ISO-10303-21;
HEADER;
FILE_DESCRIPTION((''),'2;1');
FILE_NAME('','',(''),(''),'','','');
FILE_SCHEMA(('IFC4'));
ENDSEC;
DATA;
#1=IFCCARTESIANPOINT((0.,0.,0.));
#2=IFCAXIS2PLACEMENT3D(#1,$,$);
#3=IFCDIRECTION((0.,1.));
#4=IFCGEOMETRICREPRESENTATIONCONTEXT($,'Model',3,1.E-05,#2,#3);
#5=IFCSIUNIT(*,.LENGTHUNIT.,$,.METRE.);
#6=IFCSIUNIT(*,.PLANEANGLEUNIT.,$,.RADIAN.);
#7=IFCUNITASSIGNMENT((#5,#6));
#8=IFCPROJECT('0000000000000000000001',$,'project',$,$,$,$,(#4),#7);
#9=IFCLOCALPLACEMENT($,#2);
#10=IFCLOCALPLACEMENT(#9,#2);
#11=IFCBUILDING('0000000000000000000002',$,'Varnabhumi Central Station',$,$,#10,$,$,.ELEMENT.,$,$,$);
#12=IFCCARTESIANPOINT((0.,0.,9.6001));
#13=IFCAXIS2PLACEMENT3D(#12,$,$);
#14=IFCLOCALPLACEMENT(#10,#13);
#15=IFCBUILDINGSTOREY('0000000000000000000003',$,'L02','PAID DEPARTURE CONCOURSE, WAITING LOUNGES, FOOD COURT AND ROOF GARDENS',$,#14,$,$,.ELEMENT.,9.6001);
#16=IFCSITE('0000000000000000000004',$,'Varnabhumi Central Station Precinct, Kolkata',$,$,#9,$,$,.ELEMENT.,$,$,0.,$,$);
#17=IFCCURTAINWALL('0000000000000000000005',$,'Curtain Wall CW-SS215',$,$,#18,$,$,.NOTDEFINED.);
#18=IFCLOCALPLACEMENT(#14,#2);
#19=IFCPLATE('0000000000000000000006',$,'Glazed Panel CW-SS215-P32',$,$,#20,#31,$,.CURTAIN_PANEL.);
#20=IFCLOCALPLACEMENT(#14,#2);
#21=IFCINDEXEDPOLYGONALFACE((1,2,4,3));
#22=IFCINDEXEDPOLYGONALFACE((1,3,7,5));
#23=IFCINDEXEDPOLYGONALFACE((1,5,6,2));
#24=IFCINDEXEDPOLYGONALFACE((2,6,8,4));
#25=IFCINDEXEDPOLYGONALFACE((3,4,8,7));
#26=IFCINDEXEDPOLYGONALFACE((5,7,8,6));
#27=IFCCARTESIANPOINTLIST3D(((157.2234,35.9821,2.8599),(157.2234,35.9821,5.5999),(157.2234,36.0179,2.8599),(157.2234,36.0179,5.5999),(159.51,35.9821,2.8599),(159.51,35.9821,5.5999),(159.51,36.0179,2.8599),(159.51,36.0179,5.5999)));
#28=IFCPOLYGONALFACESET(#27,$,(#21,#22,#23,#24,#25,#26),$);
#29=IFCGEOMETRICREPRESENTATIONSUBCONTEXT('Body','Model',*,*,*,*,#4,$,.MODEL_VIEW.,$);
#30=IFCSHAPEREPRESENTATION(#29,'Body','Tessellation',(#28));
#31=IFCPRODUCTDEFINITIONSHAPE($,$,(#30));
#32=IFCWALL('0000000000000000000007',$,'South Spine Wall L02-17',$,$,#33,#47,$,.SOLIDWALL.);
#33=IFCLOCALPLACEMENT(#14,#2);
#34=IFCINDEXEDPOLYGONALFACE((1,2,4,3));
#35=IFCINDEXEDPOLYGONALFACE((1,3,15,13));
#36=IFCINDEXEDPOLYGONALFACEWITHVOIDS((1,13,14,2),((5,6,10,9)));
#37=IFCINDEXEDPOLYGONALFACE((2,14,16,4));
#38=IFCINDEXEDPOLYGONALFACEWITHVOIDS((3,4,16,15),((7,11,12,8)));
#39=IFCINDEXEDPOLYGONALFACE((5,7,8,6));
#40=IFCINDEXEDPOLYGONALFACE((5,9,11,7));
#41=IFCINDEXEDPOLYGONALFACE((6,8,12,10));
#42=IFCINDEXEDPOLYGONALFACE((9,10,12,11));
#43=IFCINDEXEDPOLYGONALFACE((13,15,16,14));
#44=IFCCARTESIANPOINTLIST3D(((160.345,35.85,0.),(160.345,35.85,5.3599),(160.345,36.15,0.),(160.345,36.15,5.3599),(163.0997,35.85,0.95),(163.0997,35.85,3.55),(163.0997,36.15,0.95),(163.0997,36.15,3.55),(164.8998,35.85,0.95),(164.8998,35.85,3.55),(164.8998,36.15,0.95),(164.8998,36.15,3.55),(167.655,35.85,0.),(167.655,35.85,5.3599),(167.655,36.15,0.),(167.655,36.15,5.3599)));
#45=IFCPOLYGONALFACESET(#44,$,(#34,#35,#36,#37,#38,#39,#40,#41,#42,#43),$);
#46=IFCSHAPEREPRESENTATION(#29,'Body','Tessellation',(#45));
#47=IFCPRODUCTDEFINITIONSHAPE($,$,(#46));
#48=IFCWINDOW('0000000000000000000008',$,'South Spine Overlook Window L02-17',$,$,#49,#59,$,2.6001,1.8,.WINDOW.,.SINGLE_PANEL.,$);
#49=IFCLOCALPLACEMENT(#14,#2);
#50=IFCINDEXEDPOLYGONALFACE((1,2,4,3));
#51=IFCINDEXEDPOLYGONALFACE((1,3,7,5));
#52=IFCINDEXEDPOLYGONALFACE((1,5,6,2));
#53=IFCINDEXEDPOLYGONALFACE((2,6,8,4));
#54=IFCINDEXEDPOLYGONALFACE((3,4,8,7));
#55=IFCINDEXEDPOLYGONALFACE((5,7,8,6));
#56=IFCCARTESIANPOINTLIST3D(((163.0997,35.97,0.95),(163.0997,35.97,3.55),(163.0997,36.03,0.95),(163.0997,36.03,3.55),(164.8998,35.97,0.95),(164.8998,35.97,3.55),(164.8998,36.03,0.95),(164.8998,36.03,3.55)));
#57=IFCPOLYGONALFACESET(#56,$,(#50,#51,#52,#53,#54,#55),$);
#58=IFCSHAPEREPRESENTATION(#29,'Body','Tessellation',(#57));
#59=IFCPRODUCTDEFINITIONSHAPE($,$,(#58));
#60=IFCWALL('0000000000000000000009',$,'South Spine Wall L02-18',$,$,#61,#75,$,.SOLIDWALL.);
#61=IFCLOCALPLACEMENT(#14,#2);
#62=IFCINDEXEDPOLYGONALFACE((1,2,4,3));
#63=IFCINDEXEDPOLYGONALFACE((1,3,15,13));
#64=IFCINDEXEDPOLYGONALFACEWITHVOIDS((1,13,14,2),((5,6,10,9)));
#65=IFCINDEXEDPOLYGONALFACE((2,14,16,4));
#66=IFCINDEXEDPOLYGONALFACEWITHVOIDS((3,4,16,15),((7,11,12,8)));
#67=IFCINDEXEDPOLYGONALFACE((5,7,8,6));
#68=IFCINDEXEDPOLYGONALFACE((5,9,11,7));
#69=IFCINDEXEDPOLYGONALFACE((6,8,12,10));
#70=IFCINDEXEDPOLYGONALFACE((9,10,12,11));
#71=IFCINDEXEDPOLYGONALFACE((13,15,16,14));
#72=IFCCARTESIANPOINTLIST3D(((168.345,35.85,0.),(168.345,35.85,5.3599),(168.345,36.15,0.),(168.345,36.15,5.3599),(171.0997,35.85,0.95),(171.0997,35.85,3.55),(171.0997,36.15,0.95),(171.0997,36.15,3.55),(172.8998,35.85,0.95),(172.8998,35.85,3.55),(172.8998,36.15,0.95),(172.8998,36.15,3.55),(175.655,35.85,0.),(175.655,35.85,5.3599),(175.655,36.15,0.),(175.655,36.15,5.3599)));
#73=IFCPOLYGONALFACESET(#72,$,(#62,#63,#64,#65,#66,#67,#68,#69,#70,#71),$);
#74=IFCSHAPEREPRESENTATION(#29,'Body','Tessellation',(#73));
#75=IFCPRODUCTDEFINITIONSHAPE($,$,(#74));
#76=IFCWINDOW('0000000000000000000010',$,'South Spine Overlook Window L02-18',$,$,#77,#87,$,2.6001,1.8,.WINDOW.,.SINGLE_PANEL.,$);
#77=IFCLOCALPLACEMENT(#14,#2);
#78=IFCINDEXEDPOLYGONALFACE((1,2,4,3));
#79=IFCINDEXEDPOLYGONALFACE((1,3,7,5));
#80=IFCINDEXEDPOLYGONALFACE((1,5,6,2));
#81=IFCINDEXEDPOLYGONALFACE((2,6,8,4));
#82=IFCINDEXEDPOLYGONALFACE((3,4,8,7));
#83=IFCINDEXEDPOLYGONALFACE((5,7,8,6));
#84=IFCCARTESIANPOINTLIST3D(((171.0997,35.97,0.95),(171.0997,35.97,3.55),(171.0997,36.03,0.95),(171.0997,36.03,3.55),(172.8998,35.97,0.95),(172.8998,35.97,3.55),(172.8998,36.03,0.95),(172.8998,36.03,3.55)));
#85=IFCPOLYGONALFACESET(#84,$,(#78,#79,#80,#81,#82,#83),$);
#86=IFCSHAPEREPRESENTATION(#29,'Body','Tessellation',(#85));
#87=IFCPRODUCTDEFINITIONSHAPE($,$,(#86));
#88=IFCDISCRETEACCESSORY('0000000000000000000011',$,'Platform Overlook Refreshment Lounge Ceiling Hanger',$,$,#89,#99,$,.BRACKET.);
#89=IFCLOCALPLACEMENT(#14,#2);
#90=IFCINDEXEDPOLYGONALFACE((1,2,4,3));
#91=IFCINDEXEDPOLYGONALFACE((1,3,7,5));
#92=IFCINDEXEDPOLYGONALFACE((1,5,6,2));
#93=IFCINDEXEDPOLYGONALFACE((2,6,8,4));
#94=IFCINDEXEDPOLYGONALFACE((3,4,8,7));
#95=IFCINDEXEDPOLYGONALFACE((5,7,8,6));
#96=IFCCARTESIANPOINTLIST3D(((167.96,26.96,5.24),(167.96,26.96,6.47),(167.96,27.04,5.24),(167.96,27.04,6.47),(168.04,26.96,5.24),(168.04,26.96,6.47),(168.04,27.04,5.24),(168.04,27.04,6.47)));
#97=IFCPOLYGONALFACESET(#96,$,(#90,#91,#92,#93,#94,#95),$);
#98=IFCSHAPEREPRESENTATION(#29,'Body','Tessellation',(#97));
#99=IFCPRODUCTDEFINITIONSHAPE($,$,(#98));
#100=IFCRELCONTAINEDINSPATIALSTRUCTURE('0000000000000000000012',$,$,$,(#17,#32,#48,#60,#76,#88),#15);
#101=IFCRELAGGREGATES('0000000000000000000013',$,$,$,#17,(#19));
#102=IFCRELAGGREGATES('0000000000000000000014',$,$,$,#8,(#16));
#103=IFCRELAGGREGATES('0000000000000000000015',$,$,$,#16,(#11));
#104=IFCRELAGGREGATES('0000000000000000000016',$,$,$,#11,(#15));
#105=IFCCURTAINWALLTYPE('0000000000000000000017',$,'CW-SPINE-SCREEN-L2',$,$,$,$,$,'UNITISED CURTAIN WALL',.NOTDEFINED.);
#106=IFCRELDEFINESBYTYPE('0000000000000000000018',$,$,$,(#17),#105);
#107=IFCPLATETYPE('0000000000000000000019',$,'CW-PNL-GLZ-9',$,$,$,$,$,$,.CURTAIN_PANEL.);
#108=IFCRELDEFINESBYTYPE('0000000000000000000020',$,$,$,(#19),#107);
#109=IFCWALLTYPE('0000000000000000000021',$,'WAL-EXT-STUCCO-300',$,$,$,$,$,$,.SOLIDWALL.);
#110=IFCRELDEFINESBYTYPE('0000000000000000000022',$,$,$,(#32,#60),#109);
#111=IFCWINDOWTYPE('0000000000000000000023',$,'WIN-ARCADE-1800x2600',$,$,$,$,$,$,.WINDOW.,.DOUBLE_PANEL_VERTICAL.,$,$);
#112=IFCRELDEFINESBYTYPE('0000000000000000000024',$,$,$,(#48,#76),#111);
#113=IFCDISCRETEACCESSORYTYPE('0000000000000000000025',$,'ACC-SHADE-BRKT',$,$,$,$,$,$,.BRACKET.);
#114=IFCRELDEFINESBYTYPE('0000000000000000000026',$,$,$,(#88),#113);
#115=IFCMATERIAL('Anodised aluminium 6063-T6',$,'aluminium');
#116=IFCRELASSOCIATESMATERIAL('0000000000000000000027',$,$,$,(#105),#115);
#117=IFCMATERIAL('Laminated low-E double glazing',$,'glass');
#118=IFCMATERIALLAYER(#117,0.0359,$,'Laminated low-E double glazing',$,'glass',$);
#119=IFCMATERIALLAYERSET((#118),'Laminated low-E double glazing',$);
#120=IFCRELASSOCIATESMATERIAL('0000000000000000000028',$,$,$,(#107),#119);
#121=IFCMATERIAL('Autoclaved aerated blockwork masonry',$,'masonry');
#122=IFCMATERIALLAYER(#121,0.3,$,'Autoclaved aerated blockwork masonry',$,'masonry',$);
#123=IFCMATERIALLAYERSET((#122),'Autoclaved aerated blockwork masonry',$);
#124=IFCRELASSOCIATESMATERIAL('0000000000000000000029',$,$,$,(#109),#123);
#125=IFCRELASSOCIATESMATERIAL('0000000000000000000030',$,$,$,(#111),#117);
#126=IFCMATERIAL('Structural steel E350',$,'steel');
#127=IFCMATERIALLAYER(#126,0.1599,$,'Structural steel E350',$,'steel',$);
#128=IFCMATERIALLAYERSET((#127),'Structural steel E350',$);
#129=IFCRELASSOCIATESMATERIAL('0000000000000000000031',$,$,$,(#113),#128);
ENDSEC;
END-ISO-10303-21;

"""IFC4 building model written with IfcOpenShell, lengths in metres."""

from ifc_helpers import new_model, si_unit, direction, frame, frame_2d, origin, origin_2d, place, context, subcontext, project, spatial, rectangle, extrude, material, layer, layer_set, type_object, element, fill, aggregate, save


model = new_model("IFC4")

# Units and contexts
model_context = context("Model", 3, precision=1e-05, world=origin(), true_north=direction((0.0, 1.0)))
body_context = subcontext(model_context, "Body", "Model", "MODEL_VIEW")
ifc_project = project(units=[si_unit("LENGTHUNIT", "METRE"), si_unit("PLANEANGLEUNIT", "RADIAN")], contexts=[model_context])

# Site, building, storey
site_placement = place(None, origin())
site = spatial("IfcSite", under=ifc_project, at=site_placement, Name="Varnabhumi Central Station Precinct, Kolkata", CompositionType="ELEMENT", RefElevation=0.0)
building_placement = place(site_placement, origin())
building = spatial("IfcBuilding", under=site, at=building_placement, Name="Varnabhumi Central Station", CompositionType="ELEMENT")
storey_placement = place(building_placement, frame((0.0, 0.0, 9.6001)))
storey = spatial("IfcBuildingStorey", under=building, at=storey_placement, Name="L02", Description="PAID DEPARTURE CONCOURSE, WAITING LOUNGES, FOOD COURT AND ROOF GARDENS", CompositionType="ELEMENT", Elevation=9.6001)

# Shared definitions
ifc_material_1 = material(Name="Structural steel E350", Category="steel")

# Curtain wall, plate
ifc_material_2 = material(Name="Anodised aluminium 6063-T6", Category="aluminium")
curtain_wall_type = type_object("IfcCurtainWallType", Name="CW-SPINE-SCREEN-L2", ElementType="UNITISED CURTAIN WALL", PredefinedType="NOTDEFINED", material=ifc_material_2)
curtain_wall_placement = place(storey_placement, origin())
curtain_wall = element("IfcCurtainWall", 1, at=curtain_wall_placement, inside=storey, type_object=curtain_wall_type, Name="Curtain Wall CW-SS215", PredefinedType="NOTDEFINED")
ifc_material_3 = material(Name="Laminated low-E double glazing", Category="glass")
ifc_layer_1 = layer(ifc_material_3, 0.0359, Name="Laminated low-E double glazing", Category="glass")
ifc_layer_set_1 = layer_set([ifc_layer_1], Name="Laminated low-E double glazing")
plate_type = type_object("IfcPlateType", Name="CW-PNL-GLZ-9", PredefinedType="CURTAIN_PANEL", material=ifc_layer_set_1)
plate_placement = place(storey_placement, frame((158.3667, 36.0, 2.8599), z_axis=(0.0, 0.0, 1.0), x_axis=(1.0, 0.0, 0.0)))
plate = element("IfcPlate", 2, at=plate_placement, type_object=plate_type, Name="Glazed Panel CW-SS215-P32", PredefinedType="CURTAIN_PANEL", context=body_context, shape_type="SweptSolid", body=[
    extrude(rectangle(XDim=2.2866, YDim=0.0359, at=origin_2d()), origin(), (0.0, 0.0, 1.0), 2.74),
])
aggregate(curtain_wall, [plate])

# Walls, openings, windows
ifc_material_4 = material(Name="Autoclaved aerated blockwork masonry", Category="masonry")
ifc_layer_2 = layer(ifc_material_4, 0.3, Name="Autoclaved aerated blockwork masonry", Category="masonry")
ifc_layer_set_2 = layer_set([ifc_layer_2], Name="Autoclaved aerated blockwork masonry")
wall_type = type_object("IfcWallType", Name="WAL-EXT-STUCCO-300", PredefinedType="SOLIDWALL", material=ifc_layer_set_2)
wall_1_placement = place(storey_placement, frame((160.345, 36.0, 0.0), z_axis=(0.0, 0.0, 1.0), x_axis=(1.0, 0.0, 0.0)))
wall_1 = element("IfcWall", 3, at=wall_1_placement, inside=storey, type_object=wall_type, Name="South Spine Wall L02-17", PredefinedType="SOLIDWALL", context=body_context, shape_type="SweptSolid", body=[
    extrude(rectangle(XDim=7.3101, YDim=0.3, at=frame_2d((3.655, 0.0))), origin(), (0.0, 0.0, 1.0), 5.3599),
])
opening_1_placement = place(wall_1_placement, frame((2.7549, 0.0, 0.95)))
opening_1 = element("IfcOpeningElement", 4, at=opening_1_placement, cuts=wall_1, PredefinedType="OPENING", context=body_context, shape_type="SweptSolid", body=[
    extrude(rectangle(XDim=1.8, YDim=2.6001, at=frame_2d((0.8999, 1.3))), frame((0.0, 0.1599, 0.0), z_axis=(0.0, -1.0, 0.0), x_axis=(1.0, 0.0, 0.0)), (0.0, 0.0, 1.0), 0.3201),
])
window_type = type_object("IfcWindowType", Name="WIN-ARCADE-1800x2600", PartitioningType="DOUBLE_PANEL_VERTICAL", PredefinedType="WINDOW", material=ifc_material_3)
window_1_placement = place(opening_1_placement, origin())
window_1 = element("IfcWindow", 5, at=window_1_placement, inside=storey, type_object=window_type, Name="South Spine Overlook Window L02-17", OverallHeight=2.6001, OverallWidth=1.8, PartitioningType="SINGLE_PANEL", PredefinedType="WINDOW", context=body_context, shape_type="SweptSolid", body=[
    extrude(rectangle(XDim=1.8, YDim=2.6001, at=frame_2d((0.8999, 1.3))), frame((0.0, 0.03, 0.0), z_axis=(0.0, -1.0, 0.0), x_axis=(1.0, 0.0, 0.0)), (0.0, 0.0, 1.0), 0.0601),
])
fill(opening_1, window_1)
wall_2_placement = place(storey_placement, frame((168.345, 36.0, 0.0), z_axis=(0.0, 0.0, 1.0), x_axis=(1.0, 0.0, 0.0)))
wall_2 = element("IfcWall", 6, at=wall_2_placement, inside=storey, type_object=wall_type, Name="South Spine Wall L02-18", PredefinedType="SOLIDWALL", context=body_context, shape_type="SweptSolid", body=[
    extrude(rectangle(XDim=7.3101, YDim=0.3, at=frame_2d((3.655, 0.0))), origin(), (0.0, 0.0, 1.0), 5.3599),
])
opening_2_placement = place(wall_2_placement, frame((2.7549, 0.0, 0.95)))
opening_2 = element("IfcOpeningElement", 7, at=opening_2_placement, cuts=wall_2, PredefinedType="OPENING", context=body_context, shape_type="SweptSolid", body=[
    extrude(rectangle(XDim=1.8, YDim=2.6001, at=frame_2d((0.8999, 1.3))), frame((0.0, 0.1599, 0.0), z_axis=(0.0, -1.0, 0.0), x_axis=(1.0, 0.0, 0.0)), (0.0, 0.0, 1.0), 0.3201),
])
window_2_placement = place(opening_2_placement, origin())
window_2 = element("IfcWindow", 8, at=window_2_placement, inside=storey, type_object=window_type, Name="South Spine Overlook Window L02-18", OverallHeight=2.6001, OverallWidth=1.8, PartitioningType="SINGLE_PANEL", PredefinedType="WINDOW", context=body_context, shape_type="SweptSolid", body=[
    extrude(rectangle(XDim=1.8, YDim=2.6001, at=frame_2d((0.8999, 1.3))), frame((0.0, 0.03, 0.0), z_axis=(0.0, -1.0, 0.0), x_axis=(1.0, 0.0, 0.0)), (0.0, 0.0, 1.0), 0.0601),
])
fill(opening_2, window_2)

# Discrete accessory
ifc_layer_3 = layer(ifc_material_1, 0.1599, Name="Structural steel E350", Category="steel")
ifc_layer_set_3 = layer_set([ifc_layer_3], Name="Structural steel E350")
discrete_accessory_type = type_object("IfcDiscreteAccessoryType", Name="ACC-SHADE-BRKT", PredefinedType="BRACKET", material=ifc_layer_set_3)
discrete_accessory_placement = place(storey_placement, frame((168.0, 27.0, 5.24), z_axis=(0.0, 0.0, 1.0), x_axis=(1.0, 0.0, 0.0)))
element("IfcDiscreteAccessory", 9, at=discrete_accessory_placement, inside=storey, type_object=discrete_accessory_type, Name="Platform Overlook Refreshment Lounge Ceiling Hanger", PredefinedType="BRACKET", context=body_context, shape_type="SweptSolid", body=[
    extrude(rectangle(XDim=0.0801, YDim=0.0801, at=origin_2d()), origin(), (0.0, 0.0, 1.0), 1.23),
])

save(model, "model.ifc")
